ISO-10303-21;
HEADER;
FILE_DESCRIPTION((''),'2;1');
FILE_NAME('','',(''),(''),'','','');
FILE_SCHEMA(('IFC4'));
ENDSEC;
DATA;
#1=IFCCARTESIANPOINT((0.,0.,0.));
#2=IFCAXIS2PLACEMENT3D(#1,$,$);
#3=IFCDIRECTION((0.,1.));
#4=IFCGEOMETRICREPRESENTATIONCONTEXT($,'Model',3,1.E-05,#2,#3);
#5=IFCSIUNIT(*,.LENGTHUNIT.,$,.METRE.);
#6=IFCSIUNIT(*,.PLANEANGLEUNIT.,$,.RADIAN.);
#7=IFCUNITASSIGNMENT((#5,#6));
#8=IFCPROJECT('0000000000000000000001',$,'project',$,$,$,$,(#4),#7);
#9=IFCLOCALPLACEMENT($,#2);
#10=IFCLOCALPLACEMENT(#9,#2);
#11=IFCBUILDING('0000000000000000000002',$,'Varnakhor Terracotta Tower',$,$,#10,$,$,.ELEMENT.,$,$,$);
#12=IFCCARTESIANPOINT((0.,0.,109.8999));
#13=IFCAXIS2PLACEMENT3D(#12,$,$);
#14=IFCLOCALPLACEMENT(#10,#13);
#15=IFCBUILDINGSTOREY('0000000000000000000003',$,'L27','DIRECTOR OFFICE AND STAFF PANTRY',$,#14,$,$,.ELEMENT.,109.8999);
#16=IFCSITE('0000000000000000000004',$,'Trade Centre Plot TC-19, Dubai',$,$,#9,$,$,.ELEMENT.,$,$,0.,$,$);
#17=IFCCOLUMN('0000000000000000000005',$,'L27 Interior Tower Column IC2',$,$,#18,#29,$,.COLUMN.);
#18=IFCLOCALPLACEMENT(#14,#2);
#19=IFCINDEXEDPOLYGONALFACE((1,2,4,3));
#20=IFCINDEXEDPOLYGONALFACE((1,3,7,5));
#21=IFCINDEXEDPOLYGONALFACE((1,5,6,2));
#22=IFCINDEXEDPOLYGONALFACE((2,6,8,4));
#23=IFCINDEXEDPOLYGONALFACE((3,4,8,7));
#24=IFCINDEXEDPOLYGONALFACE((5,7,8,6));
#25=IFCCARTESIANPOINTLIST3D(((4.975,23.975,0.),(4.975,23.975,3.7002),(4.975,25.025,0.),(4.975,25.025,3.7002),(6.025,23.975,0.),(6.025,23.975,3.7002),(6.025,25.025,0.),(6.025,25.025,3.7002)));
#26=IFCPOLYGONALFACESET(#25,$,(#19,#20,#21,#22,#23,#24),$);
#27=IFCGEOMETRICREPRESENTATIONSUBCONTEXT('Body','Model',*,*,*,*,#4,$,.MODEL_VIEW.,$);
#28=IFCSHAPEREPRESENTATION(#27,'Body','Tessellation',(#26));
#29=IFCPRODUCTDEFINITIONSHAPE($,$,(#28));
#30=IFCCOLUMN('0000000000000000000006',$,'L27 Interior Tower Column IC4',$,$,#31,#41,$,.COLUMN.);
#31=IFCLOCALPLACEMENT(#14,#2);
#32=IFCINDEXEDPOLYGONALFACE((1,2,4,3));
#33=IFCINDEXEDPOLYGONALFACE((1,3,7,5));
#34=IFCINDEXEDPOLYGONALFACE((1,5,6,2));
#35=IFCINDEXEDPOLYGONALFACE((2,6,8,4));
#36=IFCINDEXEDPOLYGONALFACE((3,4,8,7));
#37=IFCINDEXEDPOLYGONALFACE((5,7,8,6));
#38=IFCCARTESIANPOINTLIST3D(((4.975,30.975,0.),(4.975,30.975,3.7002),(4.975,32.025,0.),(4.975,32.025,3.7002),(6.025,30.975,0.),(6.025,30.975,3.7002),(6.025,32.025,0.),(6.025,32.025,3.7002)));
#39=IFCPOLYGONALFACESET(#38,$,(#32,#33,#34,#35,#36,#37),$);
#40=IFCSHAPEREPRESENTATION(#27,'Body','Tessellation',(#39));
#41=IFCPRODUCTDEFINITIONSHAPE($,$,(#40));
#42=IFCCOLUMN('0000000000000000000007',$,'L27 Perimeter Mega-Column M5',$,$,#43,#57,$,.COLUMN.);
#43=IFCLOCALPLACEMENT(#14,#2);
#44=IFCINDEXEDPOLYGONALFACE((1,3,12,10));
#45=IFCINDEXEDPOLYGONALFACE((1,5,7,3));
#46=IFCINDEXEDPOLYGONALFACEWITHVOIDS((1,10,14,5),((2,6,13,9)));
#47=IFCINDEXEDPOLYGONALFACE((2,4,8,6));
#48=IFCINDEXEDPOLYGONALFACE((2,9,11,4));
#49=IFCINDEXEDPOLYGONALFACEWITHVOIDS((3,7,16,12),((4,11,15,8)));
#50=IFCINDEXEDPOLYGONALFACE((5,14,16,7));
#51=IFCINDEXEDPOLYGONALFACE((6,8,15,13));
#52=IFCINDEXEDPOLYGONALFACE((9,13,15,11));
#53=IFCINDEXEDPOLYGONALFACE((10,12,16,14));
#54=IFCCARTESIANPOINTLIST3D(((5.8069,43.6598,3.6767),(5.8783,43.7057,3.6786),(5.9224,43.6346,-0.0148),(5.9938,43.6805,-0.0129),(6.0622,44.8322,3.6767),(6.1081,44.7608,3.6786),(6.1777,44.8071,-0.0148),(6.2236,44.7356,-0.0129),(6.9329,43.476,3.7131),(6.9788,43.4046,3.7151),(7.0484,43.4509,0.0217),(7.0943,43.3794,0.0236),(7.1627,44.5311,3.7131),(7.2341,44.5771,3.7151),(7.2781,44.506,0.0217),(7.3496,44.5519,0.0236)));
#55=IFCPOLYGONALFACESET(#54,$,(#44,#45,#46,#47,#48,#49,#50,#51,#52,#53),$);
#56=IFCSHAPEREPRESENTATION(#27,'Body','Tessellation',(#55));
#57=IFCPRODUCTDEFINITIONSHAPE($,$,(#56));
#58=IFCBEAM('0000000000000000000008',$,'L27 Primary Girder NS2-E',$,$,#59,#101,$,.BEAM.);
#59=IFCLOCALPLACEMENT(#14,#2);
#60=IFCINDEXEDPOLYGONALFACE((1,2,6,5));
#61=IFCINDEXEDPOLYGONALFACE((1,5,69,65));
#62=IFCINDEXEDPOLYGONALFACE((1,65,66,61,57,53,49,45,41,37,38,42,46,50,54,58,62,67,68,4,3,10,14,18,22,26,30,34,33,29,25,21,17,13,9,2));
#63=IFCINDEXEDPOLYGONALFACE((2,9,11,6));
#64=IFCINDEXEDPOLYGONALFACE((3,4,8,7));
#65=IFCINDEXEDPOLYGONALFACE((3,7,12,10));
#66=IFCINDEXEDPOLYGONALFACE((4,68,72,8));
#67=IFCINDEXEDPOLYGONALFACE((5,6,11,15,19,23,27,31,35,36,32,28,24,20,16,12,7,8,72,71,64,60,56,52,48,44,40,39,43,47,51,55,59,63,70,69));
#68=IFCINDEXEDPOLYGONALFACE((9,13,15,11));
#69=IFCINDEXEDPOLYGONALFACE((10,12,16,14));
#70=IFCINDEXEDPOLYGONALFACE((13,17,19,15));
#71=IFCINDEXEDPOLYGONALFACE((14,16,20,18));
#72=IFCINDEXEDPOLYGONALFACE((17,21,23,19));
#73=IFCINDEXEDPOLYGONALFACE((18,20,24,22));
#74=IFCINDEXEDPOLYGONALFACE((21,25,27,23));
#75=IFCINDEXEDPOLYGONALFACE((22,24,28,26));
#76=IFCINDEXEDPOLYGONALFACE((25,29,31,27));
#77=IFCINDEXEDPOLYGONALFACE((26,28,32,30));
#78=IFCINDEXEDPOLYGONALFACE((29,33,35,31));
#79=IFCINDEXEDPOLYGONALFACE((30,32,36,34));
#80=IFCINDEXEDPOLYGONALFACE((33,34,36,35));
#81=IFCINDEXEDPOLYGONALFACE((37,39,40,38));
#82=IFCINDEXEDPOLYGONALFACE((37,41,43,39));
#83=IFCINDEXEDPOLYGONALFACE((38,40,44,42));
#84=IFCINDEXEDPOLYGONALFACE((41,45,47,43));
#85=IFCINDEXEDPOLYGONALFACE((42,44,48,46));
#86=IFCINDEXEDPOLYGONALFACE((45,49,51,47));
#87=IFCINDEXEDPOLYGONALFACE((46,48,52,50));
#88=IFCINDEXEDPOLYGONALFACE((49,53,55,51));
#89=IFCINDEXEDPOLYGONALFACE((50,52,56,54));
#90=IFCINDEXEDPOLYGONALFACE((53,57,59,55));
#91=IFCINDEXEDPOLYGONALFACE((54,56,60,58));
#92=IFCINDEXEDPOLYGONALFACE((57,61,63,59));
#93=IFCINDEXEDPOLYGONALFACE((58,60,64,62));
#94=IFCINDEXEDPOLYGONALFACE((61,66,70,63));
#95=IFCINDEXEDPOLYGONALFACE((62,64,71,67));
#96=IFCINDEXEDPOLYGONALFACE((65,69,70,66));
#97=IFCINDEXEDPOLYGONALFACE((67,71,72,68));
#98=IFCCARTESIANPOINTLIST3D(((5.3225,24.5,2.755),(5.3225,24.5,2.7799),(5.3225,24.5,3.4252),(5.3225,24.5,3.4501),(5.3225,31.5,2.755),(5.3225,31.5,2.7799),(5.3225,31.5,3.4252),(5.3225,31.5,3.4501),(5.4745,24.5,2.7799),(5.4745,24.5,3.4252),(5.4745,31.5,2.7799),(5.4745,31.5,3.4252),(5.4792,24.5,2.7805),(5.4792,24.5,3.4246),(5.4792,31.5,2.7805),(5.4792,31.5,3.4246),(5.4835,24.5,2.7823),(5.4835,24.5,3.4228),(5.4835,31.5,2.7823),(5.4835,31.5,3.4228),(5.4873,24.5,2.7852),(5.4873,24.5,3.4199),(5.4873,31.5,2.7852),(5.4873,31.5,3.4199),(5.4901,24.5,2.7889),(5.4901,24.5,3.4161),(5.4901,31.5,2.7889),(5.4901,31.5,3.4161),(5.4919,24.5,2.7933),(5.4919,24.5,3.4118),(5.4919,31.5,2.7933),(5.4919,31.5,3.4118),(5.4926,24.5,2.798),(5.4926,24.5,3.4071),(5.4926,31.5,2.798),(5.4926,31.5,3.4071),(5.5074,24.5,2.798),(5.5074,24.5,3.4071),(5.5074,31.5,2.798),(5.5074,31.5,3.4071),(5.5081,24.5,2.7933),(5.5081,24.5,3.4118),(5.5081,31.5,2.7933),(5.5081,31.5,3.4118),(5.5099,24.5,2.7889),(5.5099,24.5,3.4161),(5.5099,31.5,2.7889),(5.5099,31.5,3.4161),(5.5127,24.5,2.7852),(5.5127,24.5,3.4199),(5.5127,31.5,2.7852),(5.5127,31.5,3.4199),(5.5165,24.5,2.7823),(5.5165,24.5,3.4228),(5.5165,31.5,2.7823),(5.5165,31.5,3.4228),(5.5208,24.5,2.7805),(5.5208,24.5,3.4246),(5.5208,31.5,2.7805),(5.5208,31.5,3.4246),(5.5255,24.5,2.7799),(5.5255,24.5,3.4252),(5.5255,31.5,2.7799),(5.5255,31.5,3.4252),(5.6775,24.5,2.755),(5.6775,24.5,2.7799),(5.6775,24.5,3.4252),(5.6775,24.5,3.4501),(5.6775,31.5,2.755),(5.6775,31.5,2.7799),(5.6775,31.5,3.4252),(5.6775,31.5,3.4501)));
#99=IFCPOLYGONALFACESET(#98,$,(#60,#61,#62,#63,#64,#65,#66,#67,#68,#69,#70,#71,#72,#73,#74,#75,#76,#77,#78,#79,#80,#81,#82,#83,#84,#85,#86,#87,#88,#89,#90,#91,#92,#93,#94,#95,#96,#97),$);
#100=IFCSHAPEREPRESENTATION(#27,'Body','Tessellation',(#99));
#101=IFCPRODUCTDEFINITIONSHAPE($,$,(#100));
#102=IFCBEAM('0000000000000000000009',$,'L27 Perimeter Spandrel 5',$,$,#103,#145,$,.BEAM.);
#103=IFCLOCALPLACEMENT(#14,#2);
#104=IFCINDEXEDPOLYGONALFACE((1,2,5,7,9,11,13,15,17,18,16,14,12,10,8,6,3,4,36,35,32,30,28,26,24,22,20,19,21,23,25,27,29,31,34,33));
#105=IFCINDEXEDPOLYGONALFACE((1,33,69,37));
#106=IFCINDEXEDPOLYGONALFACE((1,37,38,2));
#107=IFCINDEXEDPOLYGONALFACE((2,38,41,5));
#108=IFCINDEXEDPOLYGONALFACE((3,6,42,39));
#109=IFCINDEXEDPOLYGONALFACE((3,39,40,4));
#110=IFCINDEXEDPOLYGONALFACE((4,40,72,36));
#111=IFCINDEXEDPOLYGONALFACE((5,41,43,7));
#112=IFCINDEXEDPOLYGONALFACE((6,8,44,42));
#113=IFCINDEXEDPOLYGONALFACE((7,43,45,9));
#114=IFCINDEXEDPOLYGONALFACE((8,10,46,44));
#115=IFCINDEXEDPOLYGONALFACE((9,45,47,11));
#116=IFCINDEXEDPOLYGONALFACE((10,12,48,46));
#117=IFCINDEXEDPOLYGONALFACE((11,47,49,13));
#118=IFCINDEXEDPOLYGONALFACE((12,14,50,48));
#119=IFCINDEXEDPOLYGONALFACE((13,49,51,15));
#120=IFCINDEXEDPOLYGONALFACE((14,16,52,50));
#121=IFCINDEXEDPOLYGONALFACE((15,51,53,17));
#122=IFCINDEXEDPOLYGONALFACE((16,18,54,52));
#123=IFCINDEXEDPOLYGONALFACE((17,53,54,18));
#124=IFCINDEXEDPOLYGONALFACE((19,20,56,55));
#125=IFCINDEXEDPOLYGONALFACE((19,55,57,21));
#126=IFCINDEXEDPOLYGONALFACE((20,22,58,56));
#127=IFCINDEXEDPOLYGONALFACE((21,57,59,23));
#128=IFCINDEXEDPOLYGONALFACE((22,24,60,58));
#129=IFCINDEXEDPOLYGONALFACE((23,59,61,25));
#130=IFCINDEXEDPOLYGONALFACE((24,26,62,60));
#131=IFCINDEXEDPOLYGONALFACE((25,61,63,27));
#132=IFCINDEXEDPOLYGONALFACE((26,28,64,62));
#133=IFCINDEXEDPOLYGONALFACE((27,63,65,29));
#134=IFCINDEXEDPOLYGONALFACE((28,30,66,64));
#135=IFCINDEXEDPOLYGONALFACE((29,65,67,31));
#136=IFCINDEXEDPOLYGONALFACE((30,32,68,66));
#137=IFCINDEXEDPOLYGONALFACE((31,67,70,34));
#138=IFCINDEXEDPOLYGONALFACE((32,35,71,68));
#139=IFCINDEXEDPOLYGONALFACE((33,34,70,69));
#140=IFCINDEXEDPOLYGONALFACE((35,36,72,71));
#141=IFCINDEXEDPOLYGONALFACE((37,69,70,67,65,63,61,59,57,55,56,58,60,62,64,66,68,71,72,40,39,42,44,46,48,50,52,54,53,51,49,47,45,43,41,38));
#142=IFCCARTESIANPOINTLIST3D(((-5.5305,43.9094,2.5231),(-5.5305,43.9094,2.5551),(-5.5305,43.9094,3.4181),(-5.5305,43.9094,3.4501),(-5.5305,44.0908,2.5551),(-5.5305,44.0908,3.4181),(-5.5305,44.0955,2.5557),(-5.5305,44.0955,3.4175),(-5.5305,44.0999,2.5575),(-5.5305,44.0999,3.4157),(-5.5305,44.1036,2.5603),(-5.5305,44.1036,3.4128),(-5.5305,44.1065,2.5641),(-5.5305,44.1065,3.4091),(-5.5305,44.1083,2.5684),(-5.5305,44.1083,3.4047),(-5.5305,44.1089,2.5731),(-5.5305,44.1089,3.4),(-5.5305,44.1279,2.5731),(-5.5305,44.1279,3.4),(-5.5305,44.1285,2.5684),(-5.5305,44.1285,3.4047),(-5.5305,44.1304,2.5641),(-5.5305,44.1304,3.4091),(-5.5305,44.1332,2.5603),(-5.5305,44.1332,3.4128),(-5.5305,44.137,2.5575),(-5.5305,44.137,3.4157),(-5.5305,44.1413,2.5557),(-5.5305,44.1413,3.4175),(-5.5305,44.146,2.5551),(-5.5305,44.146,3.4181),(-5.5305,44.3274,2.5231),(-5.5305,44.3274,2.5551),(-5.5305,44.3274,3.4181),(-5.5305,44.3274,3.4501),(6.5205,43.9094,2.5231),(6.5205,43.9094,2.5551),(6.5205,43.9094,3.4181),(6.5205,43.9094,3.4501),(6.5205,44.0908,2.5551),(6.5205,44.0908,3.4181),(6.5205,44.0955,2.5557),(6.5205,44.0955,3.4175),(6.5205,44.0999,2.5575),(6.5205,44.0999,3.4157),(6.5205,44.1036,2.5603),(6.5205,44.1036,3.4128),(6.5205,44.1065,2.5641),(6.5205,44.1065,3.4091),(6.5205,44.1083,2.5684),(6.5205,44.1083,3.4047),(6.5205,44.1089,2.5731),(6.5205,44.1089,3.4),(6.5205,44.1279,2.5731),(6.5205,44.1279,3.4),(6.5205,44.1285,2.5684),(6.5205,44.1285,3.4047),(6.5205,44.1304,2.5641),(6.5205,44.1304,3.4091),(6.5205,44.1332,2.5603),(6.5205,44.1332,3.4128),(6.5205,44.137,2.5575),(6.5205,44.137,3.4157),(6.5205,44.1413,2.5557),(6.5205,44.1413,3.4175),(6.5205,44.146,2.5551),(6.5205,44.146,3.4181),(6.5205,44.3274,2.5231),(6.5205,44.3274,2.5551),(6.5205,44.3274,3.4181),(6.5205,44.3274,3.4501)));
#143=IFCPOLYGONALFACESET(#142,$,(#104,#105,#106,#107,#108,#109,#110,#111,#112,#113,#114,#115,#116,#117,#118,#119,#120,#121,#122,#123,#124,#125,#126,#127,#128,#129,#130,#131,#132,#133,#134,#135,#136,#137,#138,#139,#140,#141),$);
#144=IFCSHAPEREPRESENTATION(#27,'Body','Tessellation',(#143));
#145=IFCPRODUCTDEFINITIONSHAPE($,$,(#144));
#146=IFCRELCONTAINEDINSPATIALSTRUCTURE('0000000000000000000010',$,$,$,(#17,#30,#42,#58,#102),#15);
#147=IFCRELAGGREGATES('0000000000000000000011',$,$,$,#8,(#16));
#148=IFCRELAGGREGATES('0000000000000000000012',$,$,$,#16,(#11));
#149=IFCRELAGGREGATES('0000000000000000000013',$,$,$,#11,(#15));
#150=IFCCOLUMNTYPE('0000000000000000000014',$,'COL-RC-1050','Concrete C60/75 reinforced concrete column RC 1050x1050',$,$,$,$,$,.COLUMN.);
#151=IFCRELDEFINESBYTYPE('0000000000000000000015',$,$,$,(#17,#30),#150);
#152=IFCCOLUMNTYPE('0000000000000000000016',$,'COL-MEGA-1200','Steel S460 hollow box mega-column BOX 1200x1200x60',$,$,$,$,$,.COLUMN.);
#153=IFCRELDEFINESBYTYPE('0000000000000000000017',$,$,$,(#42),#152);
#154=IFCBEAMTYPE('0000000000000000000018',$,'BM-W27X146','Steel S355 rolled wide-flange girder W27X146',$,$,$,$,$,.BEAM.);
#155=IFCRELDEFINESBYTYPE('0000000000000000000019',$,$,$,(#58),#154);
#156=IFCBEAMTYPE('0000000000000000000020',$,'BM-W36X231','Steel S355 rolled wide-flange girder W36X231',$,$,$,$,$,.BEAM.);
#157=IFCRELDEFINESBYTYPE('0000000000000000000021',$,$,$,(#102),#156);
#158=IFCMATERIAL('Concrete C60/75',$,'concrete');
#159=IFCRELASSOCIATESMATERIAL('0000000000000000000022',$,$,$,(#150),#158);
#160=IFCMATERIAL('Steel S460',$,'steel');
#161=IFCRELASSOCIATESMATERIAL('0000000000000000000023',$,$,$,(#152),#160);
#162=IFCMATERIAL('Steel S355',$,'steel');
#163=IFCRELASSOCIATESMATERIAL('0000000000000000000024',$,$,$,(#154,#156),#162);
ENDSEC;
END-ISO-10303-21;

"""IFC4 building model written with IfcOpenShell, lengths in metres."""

from ifc_helpers import new_model, si_unit, direction, frame, origin, origin_2d, place, context, subcontext, project, spatial, rectangle, hollow_rectangle, i_section, extrude, source, transform, mapped, material, material_profile, profile_set, type_object, element, save


model = new_model("IFC4")

# Units and contexts
model_context = context("Model", 3, precision=1e-05, world=origin(), true_north=direction((0.0, 1.0)))
body_context = subcontext(model_context, "Body", "Model", "MODEL_VIEW")
ifc_project = project(units=[si_unit("LENGTHUNIT", "METRE"), si_unit("PLANEANGLEUNIT", "RADIAN")], contexts=[model_context])

# Site, building, storey
site_placement = place(None, origin())
site = spatial("IfcSite", under=ifc_project, at=site_placement, Name="Trade Centre Plot TC-19, Dubai", CompositionType="ELEMENT", RefElevation=0.0)
building_placement = place(site_placement, origin())
building = spatial("IfcBuilding", under=site, at=building_placement, Name="Varnakhor Terracotta Tower", CompositionType="ELEMENT")
storey_placement = place(building_placement, frame((0.0, 0.0, 109.8999)))
storey = spatial("IfcBuildingStorey", under=building, at=storey_placement, Name="L27", Description="DIRECTOR OFFICE AND STAFF PANTRY", CompositionType="ELEMENT", Elevation=109.8999)

# Columns
ifc_material_1 = material(Name="Concrete C60/75", Category="concrete")
ifc_material_profile_1 = material_profile(ifc_material_1, rectangle(XDim=1.05, YDim=1.05, at=origin_2d()), Name="RC 1050x1050")
ifc_profile_set_1 = profile_set([ifc_material_profile_1], Name="Concrete C60/75")
column_type_1 = type_object("IfcColumnType", Name="COL-RC-1050", Description="Concrete C60/75 reinforced concrete column RC 1050x1050", PredefinedType="COLUMN", material=ifc_profile_set_1)
shared_shape_1 = source(origin(), body_context, "Body", "SweptSolid", [
    extrude(rectangle(XDim=1.05, YDim=1.05, at=origin_2d()), origin(), (0.0, 0.0, 1.0), 3.7002),
])
for number, where, z_axis, x_axis, name in (
    (1, (5.5, 24.5, 0.0), (0.0, 0.0, 1.0), (1.0, 0.0, 0.0), "L27 Interior Tower Column IC2"),
    (2, (5.5, 31.5, 0.0), (0.0, 0.0, 1.0), (1.0, 0.0, 0.0), "L27 Interior Tower Column IC4"),
):
    element("IfcColumn", number, at=place(storey_placement, frame(where, z_axis=z_axis, x_axis=x_axis)), inside=storey, type_object=column_type_1, Name=name, PredefinedType="COLUMN", context=body_context, shape_type="MappedRepresentation", body=[
        mapped(shared_shape_1, transform((0.0, 0.0, 0.0), scale=1.0)),
    ])
ifc_material_2 = material(Name="Steel S460", Category="steel")
ifc_material_profile_2 = material_profile(ifc_material_2, hollow_rectangle(XDim=1.2, YDim=1.2, WallThickness=0.0601, at=origin_2d()), Name="BOX 1200x1200x60")
ifc_profile_set_2 = profile_set([ifc_material_profile_2], Name="Steel S460")
column_type_2 = type_object("IfcColumnType", Name="COL-MEGA-1200", Description="Steel S460 hollow box mega-column BOX 1200x1200x60", PredefinedType="COLUMN", material=ifc_profile_set_2)
shared_shape_2 = source(origin(), body_context, "Body", "SweptSolid", [
    extrude(hollow_rectangle(XDim=1.2, YDim=1.2, WallThickness=0.0601, at=origin_2d()), origin(), (0.0, 0.0, 1.0), 3.6934),
])
column_placement = place(storey_placement, frame((6.636, 44.0933, 0.0044), z_axis=(-0.031267, 0.006809, 0.999488), x_axis=(-0.212773, -0.977102, 0.0)))
element("IfcColumn", 3, at=column_placement, inside=storey, type_object=column_type_2, Name="L27 Perimeter Mega-Column M5", PredefinedType="COLUMN", context=body_context, shape_type="MappedRepresentation", body=[
    mapped(shared_shape_2, transform((0.0, 0.0, 0.0), scale=1.0)),
])

# Beams
ifc_material_3 = material(Name="Steel S355", Category="steel")
ifc_material_profile_3 = material_profile(ifc_material_3, i_section(OverallWidth=0.355, OverallDepth=0.6951, WebThickness=0.0149, FlangeThickness=0.0249, FilletRadius=0.0181, at=origin_2d()), Name="W27X146")
ifc_profile_set_3 = profile_set([ifc_material_profile_3], Name="Steel S355")
beam_type_1 = type_object("IfcBeamType", Name="BM-W27X146", Description="Steel S355 rolled wide-flange girder W27X146", PredefinedType="BEAM", material=ifc_profile_set_3)
shared_shape_3 = source(origin(), body_context, "Body", "SweptSolid", [
    extrude(i_section(OverallWidth=0.355, OverallDepth=0.6951, WebThickness=0.0149, FlangeThickness=0.0249, FilletRadius=0.0181, at=origin_2d()), origin(), (0.0, 0.0, 1.0), 7.0),
])
beam_1_placement = place(storey_placement, frame((5.5, 24.5, 3.1025), z_axis=(0.0, 1.0, 0.0), x_axis=(-1.0, 0.0, 0.0)))
element("IfcBeam", 4, at=beam_1_placement, inside=storey, type_object=beam_type_1, Name="L27 Primary Girder NS2-E", PredefinedType="BEAM", context=body_context, shape_type="MappedRepresentation", body=[
    mapped(shared_shape_3, transform((0.0, 0.0, 0.0), scale=1.0)),
])
ifc_material_profile_4 = material_profile(ifc_material_3, i_section(OverallWidth=0.418, OverallDepth=0.927, WebThickness=0.019, FlangeThickness=0.032, FilletRadius=0.0181, at=origin_2d()), Name="W36X231")
ifc_profile_set_4 = profile_set([ifc_material_profile_4], Name="Steel S355")
beam_type_2 = type_object("IfcBeamType", Name="BM-W36X231", Description="Steel S355 rolled wide-flange girder W36X231", PredefinedType="BEAM", material=ifc_profile_set_4)
shared_shape_4 = source(origin(), body_context, "Body", "SweptSolid", [
    extrude(i_section(OverallWidth=0.418, OverallDepth=0.927, WebThickness=0.019, FlangeThickness=0.032, FilletRadius=0.0181, at=origin_2d()), origin(), (0.0, 0.0, 1.0), 12.051),
])
beam_2_placement = place(storey_placement, frame((6.5205, 44.1184, 2.9866), z_axis=(-1.0, 0.0, 0.0), x_axis=(0.0, -1.0, 0.0)))
element("IfcBeam", 5, at=beam_2_placement, inside=storey, type_object=beam_type_2, Name="L27 Perimeter Spandrel 5", PredefinedType="BEAM", context=body_context, shape_type="MappedRepresentation", body=[
    mapped(shared_shape_4, transform((0.0, 0.0, 0.0), scale=1.0)),
])

save(model, "model.ifc")
